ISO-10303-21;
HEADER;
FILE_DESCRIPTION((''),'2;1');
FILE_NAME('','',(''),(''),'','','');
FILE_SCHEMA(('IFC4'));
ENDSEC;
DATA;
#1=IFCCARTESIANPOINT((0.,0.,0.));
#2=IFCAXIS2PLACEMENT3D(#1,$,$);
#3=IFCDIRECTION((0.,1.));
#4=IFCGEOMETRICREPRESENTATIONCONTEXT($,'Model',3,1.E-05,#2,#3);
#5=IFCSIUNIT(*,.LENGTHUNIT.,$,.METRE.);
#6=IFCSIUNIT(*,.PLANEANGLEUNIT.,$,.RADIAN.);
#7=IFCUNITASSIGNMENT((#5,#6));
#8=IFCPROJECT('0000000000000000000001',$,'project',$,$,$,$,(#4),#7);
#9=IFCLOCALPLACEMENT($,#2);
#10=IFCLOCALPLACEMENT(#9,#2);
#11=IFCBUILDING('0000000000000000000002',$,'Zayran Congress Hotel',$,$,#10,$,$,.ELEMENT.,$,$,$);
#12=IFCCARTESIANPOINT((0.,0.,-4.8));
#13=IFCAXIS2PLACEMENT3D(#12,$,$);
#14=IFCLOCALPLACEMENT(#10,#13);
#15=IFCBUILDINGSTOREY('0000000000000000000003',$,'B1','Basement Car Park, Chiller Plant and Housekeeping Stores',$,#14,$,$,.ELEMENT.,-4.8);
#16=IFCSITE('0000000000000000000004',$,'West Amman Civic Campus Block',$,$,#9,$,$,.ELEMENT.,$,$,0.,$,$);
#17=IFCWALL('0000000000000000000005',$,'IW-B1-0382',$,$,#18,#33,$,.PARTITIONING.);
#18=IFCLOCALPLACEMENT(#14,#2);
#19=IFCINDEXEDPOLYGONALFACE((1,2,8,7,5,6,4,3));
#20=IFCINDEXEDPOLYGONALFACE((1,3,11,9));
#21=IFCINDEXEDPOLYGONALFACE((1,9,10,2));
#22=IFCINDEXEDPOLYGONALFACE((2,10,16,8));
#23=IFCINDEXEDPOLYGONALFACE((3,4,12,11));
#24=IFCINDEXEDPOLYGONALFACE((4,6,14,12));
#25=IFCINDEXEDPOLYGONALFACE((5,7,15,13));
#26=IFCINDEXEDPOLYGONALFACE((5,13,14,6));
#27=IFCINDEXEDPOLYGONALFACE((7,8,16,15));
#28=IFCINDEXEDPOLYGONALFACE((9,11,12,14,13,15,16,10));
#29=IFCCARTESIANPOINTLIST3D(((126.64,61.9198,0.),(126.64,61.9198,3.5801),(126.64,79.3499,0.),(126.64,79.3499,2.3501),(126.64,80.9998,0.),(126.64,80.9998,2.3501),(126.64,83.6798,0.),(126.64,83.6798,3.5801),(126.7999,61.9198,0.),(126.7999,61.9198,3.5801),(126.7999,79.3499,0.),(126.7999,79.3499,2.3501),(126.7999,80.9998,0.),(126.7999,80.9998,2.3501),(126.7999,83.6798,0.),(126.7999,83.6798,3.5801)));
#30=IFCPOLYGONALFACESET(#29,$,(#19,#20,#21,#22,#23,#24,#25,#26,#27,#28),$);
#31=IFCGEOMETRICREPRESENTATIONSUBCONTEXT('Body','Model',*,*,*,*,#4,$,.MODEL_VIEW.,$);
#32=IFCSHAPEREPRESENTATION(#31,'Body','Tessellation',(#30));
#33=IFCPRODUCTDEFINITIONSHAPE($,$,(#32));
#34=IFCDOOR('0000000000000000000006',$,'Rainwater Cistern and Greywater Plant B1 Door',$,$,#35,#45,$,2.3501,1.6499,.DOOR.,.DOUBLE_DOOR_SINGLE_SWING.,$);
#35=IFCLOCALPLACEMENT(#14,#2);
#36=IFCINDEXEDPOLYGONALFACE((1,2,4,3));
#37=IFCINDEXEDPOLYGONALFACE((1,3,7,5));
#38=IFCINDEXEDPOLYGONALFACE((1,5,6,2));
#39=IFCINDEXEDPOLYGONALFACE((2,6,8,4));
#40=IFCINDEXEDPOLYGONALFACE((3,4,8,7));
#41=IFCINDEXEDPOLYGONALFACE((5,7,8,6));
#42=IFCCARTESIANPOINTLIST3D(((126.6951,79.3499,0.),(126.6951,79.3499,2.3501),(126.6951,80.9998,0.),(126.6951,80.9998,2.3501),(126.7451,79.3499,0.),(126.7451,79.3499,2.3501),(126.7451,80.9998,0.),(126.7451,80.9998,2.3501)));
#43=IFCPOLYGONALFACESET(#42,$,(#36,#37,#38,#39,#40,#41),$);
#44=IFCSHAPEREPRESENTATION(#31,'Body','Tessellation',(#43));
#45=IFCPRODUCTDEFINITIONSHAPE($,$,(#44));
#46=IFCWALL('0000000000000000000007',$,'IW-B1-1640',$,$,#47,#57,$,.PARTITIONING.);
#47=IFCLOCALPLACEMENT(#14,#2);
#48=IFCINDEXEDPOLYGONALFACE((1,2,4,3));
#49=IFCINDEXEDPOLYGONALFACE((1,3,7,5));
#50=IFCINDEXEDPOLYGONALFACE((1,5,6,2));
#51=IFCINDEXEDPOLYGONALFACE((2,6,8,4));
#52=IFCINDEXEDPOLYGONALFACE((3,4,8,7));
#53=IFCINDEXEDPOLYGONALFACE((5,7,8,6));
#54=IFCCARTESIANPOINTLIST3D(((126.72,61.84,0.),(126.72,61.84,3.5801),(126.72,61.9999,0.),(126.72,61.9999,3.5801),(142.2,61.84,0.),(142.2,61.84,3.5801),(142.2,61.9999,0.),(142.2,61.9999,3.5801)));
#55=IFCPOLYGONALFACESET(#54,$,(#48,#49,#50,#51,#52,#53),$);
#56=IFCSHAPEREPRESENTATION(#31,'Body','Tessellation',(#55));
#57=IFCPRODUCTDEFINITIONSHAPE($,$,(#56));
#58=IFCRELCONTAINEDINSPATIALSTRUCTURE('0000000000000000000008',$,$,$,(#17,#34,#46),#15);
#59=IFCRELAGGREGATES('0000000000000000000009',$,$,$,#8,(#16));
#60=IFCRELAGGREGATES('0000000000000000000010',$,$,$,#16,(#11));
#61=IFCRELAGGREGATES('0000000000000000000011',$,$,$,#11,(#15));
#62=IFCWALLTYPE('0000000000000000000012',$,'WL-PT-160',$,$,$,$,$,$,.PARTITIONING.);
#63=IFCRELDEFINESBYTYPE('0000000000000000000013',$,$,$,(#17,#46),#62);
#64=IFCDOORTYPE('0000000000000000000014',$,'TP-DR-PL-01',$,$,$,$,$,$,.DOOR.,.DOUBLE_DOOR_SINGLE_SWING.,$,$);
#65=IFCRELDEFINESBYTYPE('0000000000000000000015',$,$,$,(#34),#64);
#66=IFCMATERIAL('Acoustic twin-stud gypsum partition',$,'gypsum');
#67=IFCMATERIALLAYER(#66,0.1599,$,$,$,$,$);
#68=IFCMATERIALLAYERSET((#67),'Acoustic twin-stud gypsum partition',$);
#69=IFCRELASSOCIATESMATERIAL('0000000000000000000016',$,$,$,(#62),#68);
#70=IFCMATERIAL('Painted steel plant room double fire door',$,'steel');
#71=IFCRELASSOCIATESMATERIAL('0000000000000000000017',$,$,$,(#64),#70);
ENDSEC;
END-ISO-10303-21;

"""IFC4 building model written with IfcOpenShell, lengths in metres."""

from ifc_helpers import new_model, si_unit, direction, frame, frame_2d, origin, place, context, subcontext, project, spatial, rectangle, extrude, material, layer, layer_set, type_object, element, fill, save


model = new_model("IFC4")

# Units and contexts
model_context = context("Model", 3, precision=1e-05, world=origin(), true_north=direction((0.0, 1.0)))
body_context = subcontext(model_context, "Body", "Model", "MODEL_VIEW")
ifc_project = project(units=[si_unit("LENGTHUNIT", "METRE"), si_unit("PLANEANGLEUNIT", "RADIAN")], contexts=[model_context])

# Site, building, storey
site_placement = place(None, origin())
site = spatial("IfcSite", under=ifc_project, at=site_placement, Name="West Amman Civic Campus Block", CompositionType="ELEMENT", RefElevation=0.0)
building_placement = place(site_placement, origin())
building = spatial("IfcBuilding", under=site, at=building_placement, Name="Zayran Congress Hotel", CompositionType="ELEMENT")
storey_placement = place(building_placement, frame((0.0, 0.0, -4.8)))
storey = spatial("IfcBuildingStorey", under=building, at=storey_placement, Name="B1", Description="Basement Car Park, Chiller Plant and Housekeeping Stores", CompositionType="ELEMENT", Elevation=-4.8)

# Wall, opening, door
ifc_material_1 = material(Name="Acoustic twin-stud gypsum partition", Category="gypsum")
ifc_layer_1 = layer(ifc_material_1, 0.1599)
ifc_layer_set_1 = layer_set([ifc_layer_1], Name="Acoustic twin-stud gypsum partition")
wall_type_1 = type_object("IfcWallType", Name="WL-PT-160", PredefinedType="PARTITIONING", material=ifc_layer_set_1)
wall_1_placement = place(storey_placement, frame((126.72, 61.9199, 0.0), z_axis=(0.0, 0.0, 1.0), x_axis=(0.0, 1.0, 0.0)))
wall_1 = element("IfcWall", 1, at=wall_1_placement, inside=storey, type_object=wall_type_1, Name="IW-B1-0382", PredefinedType="PARTITIONING", context=body_context, shape_type="SweptSolid", body=[
    extrude(rectangle(XDim=21.76, YDim=0.1599, at=frame_2d((10.8799, 0.0))), origin(), (0.0, 0.0, 1.0), 3.5801),
])
opening_placement = place(wall_1_placement, frame((17.4299, 0.0, 0.0)))
opening = element("IfcOpeningElement", 2, at=opening_placement, cuts=wall_1, PredefinedType="OPENING", context=body_context, shape_type="SweptSolid", body=[
    extrude(rectangle(XDim=1.6499, YDim=2.3501, at=frame_2d((0.825, 1.175))), frame((0.0, 0.0898, 0.0), z_axis=(0.0, -1.0, 0.0), x_axis=(1.0, 0.0, 0.0)), (0.0, 0.0, 1.0), 0.1799),
])
ifc_material_2 = material(Name="Painted steel plant room double fire door", Category="steel")
door_type = type_object("IfcDoorType", Name="TP-DR-PL-01", OperationType="DOUBLE_DOOR_SINGLE_SWING", PredefinedType="DOOR", material=ifc_material_2)
door_placement = place(opening_placement, origin())
door = element("IfcDoor", 3, at=door_placement, inside=storey, type_object=door_type, Name="Rainwater Cistern and Greywater Plant B1 Door", OperationType="DOUBLE_DOOR_SINGLE_SWING", OverallHeight=2.3501, OverallWidth=1.6499, PredefinedType="DOOR", context=body_context, shape_type="SweptSolid", body=[
    extrude(rectangle(XDim=1.6499, YDim=2.3501, at=frame_2d((0.825, 1.175))), frame((0.0, 0.0249, 0.0), z_axis=(0.0, -1.0, 0.0), x_axis=(1.0, 0.0, 0.0)), (0.0, 0.0, 1.0), 0.05),
])
fill(opening, door)

# Wall
wall_2_placement = place(storey_placement, frame((126.72, 61.9199, 0.0), z_axis=(0.0, 0.0, 1.0), x_axis=(1.0, 0.0, 0.0)))
element("IfcWall", 4, at=wall_2_placement, inside=storey, type_object=wall_type_1, Name="IW-B1-1640", PredefinedType="PARTITIONING", context=body_context, shape_type="SweptSolid", body=[
    extrude(rectangle(XDim=15.48, YDim=0.1599, at=frame_2d((7.74, 0.0))), origin(), (0.0, 0.0, 1.0), 3.5801),
])

save(model, "model.ifc")
